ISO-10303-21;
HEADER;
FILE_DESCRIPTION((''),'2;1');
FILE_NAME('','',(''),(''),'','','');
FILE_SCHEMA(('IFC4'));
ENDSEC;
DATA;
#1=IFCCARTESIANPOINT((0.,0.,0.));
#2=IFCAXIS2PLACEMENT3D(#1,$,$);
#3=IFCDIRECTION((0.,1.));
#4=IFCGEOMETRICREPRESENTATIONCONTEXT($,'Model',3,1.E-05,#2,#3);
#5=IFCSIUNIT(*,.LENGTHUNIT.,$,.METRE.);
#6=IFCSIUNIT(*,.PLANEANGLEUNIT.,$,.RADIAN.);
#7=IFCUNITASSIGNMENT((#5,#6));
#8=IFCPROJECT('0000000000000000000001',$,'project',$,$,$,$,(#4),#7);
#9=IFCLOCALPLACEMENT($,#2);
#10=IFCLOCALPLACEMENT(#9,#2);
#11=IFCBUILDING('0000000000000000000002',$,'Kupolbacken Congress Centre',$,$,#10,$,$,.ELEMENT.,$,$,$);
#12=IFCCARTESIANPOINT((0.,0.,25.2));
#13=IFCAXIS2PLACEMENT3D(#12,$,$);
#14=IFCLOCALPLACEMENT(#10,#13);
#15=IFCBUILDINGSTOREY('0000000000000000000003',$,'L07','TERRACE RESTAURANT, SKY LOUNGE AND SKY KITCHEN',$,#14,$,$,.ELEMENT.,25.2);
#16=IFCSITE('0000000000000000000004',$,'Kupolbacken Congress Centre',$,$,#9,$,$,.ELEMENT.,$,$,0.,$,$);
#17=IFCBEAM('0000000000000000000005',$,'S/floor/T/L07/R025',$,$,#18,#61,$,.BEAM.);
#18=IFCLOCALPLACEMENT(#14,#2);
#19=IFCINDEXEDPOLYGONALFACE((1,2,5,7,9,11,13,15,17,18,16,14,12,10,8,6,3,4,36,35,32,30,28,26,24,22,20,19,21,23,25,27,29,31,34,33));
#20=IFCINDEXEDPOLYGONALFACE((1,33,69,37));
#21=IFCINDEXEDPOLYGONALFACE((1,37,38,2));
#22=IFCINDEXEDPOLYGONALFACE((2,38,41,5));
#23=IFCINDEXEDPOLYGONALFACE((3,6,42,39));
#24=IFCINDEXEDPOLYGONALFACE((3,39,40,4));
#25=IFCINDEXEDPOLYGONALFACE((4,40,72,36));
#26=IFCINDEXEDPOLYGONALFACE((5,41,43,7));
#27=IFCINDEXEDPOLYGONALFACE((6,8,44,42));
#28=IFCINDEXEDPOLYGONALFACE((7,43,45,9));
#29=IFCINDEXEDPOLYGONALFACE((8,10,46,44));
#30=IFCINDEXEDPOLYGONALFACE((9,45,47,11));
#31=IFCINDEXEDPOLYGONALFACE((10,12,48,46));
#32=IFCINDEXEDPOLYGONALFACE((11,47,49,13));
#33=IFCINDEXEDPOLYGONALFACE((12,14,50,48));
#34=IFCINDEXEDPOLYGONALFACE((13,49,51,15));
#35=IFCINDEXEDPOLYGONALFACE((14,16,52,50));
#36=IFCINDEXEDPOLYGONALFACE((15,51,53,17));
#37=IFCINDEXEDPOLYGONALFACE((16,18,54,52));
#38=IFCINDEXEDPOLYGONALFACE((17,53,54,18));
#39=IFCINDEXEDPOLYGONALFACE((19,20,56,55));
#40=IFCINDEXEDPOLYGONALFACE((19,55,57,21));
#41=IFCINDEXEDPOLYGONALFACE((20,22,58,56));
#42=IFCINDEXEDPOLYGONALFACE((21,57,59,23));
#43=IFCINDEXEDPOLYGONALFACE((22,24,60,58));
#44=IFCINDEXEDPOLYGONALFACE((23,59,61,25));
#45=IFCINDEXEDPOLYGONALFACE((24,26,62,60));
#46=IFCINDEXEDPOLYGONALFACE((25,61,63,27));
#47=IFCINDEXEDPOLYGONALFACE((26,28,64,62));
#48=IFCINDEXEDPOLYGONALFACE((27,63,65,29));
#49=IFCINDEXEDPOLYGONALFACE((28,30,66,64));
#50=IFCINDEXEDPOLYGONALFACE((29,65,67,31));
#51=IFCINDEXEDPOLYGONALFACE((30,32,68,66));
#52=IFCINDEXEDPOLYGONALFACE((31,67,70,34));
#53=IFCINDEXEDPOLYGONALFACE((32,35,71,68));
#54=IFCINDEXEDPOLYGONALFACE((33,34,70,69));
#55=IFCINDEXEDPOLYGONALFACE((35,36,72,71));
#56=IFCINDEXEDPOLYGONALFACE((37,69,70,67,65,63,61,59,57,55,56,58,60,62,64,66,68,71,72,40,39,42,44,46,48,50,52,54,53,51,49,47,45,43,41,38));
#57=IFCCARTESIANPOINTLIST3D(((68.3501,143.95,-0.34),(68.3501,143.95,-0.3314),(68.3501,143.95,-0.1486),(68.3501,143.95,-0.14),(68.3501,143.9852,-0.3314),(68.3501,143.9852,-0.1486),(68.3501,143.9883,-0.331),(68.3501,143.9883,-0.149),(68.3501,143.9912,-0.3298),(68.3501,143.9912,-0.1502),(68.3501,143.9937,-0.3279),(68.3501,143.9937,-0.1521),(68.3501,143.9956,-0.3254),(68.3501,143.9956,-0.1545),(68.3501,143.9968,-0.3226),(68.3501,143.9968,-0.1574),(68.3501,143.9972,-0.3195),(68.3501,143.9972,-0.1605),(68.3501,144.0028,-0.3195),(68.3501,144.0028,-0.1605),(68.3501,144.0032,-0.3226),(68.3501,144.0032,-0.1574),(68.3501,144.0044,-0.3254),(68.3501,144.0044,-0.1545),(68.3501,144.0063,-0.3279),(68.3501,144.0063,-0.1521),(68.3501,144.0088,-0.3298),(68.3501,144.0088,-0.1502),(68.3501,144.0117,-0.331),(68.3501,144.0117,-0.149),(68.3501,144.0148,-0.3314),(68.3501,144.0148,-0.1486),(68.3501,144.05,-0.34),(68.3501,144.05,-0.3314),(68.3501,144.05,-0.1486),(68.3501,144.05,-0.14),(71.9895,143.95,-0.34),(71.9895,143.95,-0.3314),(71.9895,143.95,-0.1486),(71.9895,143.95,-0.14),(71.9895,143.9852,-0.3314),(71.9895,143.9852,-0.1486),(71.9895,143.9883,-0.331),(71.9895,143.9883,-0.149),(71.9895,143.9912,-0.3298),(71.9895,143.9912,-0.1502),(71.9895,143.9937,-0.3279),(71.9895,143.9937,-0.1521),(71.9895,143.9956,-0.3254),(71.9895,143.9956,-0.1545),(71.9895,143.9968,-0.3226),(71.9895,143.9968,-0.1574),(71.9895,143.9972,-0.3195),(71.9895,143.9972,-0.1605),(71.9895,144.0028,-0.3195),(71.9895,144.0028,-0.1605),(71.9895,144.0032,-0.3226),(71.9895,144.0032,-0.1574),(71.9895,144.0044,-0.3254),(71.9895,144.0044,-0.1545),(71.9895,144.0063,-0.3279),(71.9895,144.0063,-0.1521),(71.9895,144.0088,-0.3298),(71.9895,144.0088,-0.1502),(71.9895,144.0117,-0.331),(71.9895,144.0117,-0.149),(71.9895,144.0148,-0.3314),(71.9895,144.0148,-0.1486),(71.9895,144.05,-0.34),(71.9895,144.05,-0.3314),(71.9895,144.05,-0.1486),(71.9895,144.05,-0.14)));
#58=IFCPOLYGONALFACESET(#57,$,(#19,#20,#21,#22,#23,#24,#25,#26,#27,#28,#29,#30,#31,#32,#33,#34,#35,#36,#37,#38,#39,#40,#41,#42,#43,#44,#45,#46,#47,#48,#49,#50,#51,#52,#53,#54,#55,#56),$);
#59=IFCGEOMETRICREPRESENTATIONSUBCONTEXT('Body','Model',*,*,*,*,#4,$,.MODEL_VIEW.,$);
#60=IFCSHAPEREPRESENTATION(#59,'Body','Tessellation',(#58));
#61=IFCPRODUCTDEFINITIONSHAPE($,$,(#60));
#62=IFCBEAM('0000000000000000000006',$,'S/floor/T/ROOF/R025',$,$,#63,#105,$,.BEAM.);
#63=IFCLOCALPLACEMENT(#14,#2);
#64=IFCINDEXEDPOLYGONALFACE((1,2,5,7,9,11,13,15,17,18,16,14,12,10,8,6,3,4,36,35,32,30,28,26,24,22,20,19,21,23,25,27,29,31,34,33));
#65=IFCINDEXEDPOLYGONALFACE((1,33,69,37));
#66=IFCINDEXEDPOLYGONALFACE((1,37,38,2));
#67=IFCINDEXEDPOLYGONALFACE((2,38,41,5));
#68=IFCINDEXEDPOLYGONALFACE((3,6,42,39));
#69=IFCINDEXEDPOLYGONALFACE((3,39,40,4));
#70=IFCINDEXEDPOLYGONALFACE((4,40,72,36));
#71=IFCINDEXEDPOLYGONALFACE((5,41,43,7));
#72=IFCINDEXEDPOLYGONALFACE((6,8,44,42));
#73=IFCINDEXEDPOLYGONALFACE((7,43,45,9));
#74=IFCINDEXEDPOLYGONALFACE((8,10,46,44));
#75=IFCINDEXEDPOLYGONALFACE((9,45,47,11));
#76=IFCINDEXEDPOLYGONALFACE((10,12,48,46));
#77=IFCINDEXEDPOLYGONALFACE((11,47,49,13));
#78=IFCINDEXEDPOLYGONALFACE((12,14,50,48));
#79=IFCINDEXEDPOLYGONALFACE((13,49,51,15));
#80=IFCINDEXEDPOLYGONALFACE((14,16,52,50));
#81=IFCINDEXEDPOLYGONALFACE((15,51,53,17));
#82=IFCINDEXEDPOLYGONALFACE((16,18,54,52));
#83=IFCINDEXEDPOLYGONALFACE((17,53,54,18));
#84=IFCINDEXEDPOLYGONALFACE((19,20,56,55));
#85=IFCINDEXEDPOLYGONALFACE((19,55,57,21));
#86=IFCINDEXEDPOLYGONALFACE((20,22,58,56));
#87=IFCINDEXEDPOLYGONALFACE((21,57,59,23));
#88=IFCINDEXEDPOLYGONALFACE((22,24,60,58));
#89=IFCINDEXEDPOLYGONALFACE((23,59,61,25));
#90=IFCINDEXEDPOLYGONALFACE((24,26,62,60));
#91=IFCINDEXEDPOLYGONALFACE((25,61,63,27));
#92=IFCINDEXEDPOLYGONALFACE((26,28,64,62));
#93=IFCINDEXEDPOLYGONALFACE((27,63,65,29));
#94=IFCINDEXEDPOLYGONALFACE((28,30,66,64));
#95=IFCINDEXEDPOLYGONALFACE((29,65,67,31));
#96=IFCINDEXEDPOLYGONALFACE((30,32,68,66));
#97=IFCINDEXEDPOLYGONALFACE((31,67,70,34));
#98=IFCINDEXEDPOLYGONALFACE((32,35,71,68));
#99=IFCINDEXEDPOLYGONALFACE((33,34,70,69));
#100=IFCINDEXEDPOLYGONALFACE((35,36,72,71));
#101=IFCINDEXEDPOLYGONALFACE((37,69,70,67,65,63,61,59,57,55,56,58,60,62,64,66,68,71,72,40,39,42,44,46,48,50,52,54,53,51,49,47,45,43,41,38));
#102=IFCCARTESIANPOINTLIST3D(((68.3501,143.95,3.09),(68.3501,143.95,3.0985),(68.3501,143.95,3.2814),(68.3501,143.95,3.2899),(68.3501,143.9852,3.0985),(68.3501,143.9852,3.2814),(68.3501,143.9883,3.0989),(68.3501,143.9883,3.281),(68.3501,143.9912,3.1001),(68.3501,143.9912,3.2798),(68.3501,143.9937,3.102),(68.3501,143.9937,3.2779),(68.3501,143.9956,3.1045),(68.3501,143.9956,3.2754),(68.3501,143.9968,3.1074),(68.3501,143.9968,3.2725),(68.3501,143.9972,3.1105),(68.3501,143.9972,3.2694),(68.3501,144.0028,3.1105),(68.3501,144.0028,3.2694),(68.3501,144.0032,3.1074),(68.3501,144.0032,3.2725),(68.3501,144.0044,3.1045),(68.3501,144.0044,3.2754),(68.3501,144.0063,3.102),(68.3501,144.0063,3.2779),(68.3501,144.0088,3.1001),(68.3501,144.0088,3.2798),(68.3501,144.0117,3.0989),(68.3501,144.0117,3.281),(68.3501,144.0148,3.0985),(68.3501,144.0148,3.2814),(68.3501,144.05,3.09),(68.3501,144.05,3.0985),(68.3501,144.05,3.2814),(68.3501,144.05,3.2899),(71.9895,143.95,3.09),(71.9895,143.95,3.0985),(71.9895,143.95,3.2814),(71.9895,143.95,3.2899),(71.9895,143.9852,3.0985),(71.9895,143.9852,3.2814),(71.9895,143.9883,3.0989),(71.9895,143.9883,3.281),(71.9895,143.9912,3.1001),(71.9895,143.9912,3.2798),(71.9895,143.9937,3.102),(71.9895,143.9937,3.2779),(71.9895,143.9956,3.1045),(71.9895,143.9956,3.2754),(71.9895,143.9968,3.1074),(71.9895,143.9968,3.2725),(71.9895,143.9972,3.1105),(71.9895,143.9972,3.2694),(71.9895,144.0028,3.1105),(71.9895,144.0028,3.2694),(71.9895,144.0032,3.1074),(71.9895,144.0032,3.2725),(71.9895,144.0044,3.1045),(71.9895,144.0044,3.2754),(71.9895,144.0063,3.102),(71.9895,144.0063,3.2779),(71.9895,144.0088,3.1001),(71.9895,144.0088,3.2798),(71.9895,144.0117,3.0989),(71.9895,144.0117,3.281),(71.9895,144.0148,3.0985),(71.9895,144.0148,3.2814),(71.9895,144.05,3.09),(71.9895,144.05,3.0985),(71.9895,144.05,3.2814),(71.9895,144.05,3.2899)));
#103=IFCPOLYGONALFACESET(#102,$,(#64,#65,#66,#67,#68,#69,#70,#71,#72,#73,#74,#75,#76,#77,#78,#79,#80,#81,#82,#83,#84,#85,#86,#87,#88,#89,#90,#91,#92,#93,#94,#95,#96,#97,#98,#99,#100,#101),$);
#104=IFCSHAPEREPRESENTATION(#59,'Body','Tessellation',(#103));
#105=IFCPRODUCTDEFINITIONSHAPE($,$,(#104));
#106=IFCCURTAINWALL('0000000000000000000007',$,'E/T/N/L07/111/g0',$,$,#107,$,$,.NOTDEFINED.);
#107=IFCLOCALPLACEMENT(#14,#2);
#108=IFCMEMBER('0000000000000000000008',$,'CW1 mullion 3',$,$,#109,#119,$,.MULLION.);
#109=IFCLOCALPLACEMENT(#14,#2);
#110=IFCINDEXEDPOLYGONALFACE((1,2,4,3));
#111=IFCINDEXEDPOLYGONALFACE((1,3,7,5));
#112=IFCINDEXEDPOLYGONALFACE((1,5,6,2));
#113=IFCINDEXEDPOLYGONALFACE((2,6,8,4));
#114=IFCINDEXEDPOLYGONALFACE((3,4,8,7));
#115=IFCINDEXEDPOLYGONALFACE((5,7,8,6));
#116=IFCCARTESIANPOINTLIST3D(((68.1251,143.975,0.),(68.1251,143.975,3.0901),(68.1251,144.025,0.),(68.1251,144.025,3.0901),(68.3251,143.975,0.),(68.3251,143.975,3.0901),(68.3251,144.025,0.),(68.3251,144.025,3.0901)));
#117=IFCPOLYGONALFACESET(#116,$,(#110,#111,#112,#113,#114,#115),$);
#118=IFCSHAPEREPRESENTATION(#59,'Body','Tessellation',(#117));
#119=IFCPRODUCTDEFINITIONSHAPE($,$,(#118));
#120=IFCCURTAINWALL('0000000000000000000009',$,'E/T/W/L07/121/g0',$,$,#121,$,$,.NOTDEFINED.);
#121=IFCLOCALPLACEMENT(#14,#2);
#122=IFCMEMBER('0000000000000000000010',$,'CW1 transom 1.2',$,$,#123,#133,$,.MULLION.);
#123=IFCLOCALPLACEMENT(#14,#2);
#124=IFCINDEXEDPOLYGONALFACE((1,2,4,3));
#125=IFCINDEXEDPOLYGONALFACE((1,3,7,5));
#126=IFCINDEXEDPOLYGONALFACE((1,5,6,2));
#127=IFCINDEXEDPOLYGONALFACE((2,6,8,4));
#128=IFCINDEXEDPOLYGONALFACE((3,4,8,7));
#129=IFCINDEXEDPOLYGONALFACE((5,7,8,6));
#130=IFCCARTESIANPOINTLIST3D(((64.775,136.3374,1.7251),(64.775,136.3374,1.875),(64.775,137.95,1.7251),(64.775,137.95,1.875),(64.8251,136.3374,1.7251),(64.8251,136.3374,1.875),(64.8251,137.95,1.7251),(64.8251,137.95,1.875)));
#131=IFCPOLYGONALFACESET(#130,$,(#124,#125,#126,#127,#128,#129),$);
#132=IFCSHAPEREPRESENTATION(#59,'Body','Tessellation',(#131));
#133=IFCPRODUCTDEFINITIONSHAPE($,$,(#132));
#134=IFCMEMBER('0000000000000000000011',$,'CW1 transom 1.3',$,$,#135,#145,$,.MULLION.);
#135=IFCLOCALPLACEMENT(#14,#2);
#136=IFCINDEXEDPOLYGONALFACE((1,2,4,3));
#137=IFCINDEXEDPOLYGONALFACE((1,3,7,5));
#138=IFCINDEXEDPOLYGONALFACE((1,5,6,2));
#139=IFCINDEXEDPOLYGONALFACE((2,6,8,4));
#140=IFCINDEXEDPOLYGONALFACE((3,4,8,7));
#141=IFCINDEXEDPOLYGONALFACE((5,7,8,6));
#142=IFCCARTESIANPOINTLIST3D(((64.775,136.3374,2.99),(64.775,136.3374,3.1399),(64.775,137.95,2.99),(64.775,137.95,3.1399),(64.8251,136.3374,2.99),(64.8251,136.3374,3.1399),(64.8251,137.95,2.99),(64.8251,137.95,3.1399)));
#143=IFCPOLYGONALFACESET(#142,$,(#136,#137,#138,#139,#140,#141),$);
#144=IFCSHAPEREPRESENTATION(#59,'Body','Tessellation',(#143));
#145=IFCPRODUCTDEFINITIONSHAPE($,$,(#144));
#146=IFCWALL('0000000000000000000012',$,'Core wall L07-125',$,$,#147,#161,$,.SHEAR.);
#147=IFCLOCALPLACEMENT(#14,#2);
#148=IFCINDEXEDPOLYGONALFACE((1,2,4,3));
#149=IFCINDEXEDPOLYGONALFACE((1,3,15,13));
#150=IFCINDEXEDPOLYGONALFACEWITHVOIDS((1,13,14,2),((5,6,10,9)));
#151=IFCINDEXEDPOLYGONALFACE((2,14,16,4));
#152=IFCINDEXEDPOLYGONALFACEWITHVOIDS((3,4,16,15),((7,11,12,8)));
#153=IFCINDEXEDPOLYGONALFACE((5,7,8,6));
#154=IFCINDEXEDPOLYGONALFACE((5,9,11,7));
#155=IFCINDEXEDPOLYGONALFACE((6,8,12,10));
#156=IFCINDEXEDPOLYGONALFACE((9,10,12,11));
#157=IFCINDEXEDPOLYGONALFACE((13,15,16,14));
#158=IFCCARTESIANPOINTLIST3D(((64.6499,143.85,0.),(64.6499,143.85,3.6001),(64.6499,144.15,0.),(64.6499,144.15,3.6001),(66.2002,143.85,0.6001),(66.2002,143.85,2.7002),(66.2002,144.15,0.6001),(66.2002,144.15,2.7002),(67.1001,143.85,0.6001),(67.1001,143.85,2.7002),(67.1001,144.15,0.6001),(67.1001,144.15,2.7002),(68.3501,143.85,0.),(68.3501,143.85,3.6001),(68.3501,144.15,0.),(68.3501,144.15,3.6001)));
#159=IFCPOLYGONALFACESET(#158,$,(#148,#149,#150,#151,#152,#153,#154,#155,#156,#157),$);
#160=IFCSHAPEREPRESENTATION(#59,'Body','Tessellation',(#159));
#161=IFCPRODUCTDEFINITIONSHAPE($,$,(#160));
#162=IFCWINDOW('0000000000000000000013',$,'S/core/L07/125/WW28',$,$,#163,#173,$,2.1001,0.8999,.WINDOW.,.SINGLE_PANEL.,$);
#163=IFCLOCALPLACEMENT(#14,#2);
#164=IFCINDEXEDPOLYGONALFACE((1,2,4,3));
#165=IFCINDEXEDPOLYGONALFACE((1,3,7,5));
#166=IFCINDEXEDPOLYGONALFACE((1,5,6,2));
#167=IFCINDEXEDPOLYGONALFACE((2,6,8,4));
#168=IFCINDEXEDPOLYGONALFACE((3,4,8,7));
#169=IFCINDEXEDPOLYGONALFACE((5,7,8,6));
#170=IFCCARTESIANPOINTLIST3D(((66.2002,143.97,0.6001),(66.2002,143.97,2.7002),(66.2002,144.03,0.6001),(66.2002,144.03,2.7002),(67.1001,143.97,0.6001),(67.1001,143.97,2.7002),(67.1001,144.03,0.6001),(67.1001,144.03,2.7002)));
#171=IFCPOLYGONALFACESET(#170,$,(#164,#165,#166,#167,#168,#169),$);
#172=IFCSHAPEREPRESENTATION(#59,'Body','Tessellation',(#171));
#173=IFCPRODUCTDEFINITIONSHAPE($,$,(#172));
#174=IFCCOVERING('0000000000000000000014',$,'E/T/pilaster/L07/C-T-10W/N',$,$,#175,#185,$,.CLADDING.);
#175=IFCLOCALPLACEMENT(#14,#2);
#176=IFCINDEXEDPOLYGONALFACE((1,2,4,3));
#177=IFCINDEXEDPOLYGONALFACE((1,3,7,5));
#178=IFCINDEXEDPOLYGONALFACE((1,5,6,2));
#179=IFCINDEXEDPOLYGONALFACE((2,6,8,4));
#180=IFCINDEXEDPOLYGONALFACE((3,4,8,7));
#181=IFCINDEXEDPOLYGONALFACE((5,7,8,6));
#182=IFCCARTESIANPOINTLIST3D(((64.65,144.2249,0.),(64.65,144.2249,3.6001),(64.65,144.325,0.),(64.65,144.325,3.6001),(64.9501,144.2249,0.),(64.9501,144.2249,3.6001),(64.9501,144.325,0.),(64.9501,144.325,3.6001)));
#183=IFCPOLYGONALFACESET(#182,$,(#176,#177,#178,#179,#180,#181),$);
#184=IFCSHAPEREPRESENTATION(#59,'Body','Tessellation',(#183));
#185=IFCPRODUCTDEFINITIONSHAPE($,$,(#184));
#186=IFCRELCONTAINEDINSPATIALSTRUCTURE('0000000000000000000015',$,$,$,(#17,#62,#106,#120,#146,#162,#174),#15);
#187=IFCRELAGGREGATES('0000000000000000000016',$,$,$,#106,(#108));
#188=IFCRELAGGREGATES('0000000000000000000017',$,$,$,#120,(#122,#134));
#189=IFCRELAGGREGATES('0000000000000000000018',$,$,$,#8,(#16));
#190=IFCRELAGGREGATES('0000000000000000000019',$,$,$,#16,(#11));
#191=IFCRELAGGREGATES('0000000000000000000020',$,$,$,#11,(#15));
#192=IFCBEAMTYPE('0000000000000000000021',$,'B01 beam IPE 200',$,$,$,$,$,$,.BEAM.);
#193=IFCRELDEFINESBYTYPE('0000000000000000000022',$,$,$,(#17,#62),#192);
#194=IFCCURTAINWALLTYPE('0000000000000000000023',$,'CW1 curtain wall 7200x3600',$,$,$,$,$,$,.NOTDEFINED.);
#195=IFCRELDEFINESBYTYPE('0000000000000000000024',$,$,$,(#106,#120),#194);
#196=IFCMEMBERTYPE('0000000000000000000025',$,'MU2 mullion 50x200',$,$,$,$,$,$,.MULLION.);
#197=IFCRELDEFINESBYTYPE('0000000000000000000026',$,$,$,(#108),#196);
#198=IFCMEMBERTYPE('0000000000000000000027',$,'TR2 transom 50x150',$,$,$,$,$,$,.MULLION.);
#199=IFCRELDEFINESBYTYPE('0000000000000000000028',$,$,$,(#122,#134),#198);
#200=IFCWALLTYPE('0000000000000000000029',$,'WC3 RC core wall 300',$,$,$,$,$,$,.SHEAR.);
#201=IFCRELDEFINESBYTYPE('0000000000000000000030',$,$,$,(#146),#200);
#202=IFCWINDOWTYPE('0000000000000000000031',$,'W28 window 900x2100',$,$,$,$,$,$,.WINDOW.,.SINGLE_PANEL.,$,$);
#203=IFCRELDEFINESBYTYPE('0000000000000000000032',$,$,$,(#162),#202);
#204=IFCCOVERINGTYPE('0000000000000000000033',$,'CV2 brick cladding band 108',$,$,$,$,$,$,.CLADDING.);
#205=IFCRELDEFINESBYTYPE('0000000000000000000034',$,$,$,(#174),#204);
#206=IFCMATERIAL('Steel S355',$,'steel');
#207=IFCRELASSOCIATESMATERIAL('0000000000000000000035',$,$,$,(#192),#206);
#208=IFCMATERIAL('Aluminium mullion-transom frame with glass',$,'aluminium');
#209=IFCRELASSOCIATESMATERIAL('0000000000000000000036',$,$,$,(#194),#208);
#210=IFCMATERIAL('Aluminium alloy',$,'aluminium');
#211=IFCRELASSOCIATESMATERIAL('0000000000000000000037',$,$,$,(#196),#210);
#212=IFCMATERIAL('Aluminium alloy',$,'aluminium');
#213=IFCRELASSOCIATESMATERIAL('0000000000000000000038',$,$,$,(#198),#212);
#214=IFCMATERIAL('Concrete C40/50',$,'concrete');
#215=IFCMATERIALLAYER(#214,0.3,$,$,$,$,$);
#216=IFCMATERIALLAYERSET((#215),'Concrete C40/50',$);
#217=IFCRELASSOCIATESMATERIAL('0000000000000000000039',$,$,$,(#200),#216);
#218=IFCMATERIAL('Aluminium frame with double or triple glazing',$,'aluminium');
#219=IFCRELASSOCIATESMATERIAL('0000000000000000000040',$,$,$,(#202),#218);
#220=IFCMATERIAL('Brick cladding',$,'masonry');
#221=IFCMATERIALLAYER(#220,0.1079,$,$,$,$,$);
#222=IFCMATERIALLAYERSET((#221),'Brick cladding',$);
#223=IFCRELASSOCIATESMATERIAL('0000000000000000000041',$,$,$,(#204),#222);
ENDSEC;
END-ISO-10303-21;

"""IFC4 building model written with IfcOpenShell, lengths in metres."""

from ifc_helpers import new_model, si_unit, direction, frame, frame_2d, origin, origin_2d, place, context, subcontext, project, spatial, rectangle, i_section, extrude, material, layer, layer_set, material_profile, profile_set, type_object, element, fill, aggregate, save


model = new_model("IFC4")

# Units and contexts
model_context = context("Model", 3, precision=1e-05, world=origin(), true_north=direction((0.0, 1.0)))
body_context = subcontext(model_context, "Body", "Model", "MODEL_VIEW")
ifc_project = project(units=[si_unit("LENGTHUNIT", "METRE"), si_unit("PLANEANGLEUNIT", "RADIAN")], contexts=[model_context])

# Site, building, storey
site_placement = place(None, origin())
site = spatial("IfcSite", under=ifc_project, at=site_placement, Name="Kupolbacken Congress Centre", CompositionType="ELEMENT", RefElevation=0.0)
building_placement = place(site_placement, origin())
building = spatial("IfcBuilding", under=site, at=building_placement, Name="Kupolbacken Congress Centre", CompositionType="ELEMENT")
storey_placement = place(building_placement, frame((0.0, 0.0, 25.2)))
storey = spatial("IfcBuildingStorey", under=building, at=storey_placement, Name="L07", Description="TERRACE RESTAURANT, SKY LOUNGE AND SKY KITCHEN", CompositionType="ELEMENT", Elevation=25.2)

# Beams
ifc_material_1 = material(Name="Steel S355", Category="steel")
ifc_material_profile_1 = material_profile(ifc_material_1, i_section(OverallWidth=0.1001, OverallDepth=0.2, WebThickness=0.0056, FlangeThickness=0.0085, FilletRadius=0.012, at=origin_2d()), Name="IPE 200")
ifc_profile_set_1 = profile_set([ifc_material_profile_1], Name="Steel S355")
beam_type = type_object("IfcBeamType", Name="B01 beam IPE 200", PredefinedType="BEAM", material=ifc_profile_set_1)
for number, where, z_axis, x_axis, name in (
    (1, (68.3501, 144.0, -0.24), (1.0, 0.0, 0.0), (0.0, 1.0, 0.0), "S/floor/T/L07/R025"),
    (2, (68.3501, 144.0, 3.1899), (1.0, 0.0, 0.0), (0.0, 1.0, 0.0), "S/floor/T/ROOF/R025"),
):
    element("IfcBeam", number, at=place(storey_placement, frame(where, z_axis=z_axis, x_axis=x_axis)), inside=storey, type_object=beam_type, Name=name, PredefinedType="BEAM", context=body_context, shape_type="SweptSolid", body=[
        extrude(i_section(OverallWidth=0.1001, OverallDepth=0.2, WebThickness=0.0056, FlangeThickness=0.0085, FilletRadius=0.012, at=origin_2d()), origin(), (0.0, 0.0, 1.0), 3.6394),
    ])

# Curtain wall, member
ifc_material_2 = material(Name="Aluminium mullion-transom frame with glass", Category="aluminium")
curtain_wall_type = type_object("IfcCurtainWallType", Name="CW1 curtain wall 7200x3600", PredefinedType="NOTDEFINED", material=ifc_material_2)
curtain_wall_1_placement = place(storey_placement, origin())
curtain_wall_1 = element("IfcCurtainWall", 3, at=curtain_wall_1_placement, inside=storey, type_object=curtain_wall_type, Name="E/T/N/L07/111/g0", PredefinedType="NOTDEFINED")
ifc_material_3 = material(Name="Aluminium alloy", Category="aluminium")
ifc_material_profile_2 = material_profile(ifc_material_3, rectangle(XDim=0.05, YDim=0.2, at=origin_2d()), Name="50 x 200")
ifc_profile_set_2 = profile_set([ifc_material_profile_2], Name="Aluminium alloy")
member_type_1 = type_object("IfcMemberType", Name="MU2 mullion 50x200", PredefinedType="MULLION", material=ifc_profile_set_2)
member_1_placement = place(storey_placement, frame((68.2251, 144.0, 0.0), z_axis=(0.0, 0.0, 1.0), x_axis=(0.0, -1.0, 0.0)))
member_1 = element("IfcMember", 4, at=member_1_placement, type_object=member_type_1, Name="CW1 mullion 3", PredefinedType="MULLION", context=body_context, shape_type="SweptSolid", body=[
    extrude(rectangle(XDim=0.05, YDim=0.2, at=origin_2d()), origin(), (0.0, 0.0, 1.0), 3.0901),
])
aggregate(curtain_wall_1, [member_1])

# Curtain wall, members
curtain_wall_2_placement = place(storey_placement, origin())
curtain_wall_2 = element("IfcCurtainWall", 5, at=curtain_wall_2_placement, inside=storey, type_object=curtain_wall_type, Name="E/T/W/L07/121/g0", PredefinedType="NOTDEFINED")
ifc_material_4 = material(Name="Aluminium alloy", Category="aluminium")
ifc_material_profile_3 = material_profile(ifc_material_4, rectangle(XDim=0.05, YDim=0.1499, at=origin_2d()), Name="50 x 150")
ifc_profile_set_3 = profile_set([ifc_material_profile_3], Name="Aluminium alloy")
member_type_2 = type_object("IfcMemberType", Name="TR2 transom 50x150", PredefinedType="MULLION", material=ifc_profile_set_3)
member_2_placement = place(storey_placement, frame((64.8, 137.95, 1.8), z_axis=(0.0, -1.0, 0.0), x_axis=(1.0, 0.0, 0.0)))
member_2 = element("IfcMember", 6, at=member_2_placement, type_object=member_type_2, Name="CW1 transom 1.2", PredefinedType="MULLION", context=body_context, shape_type="SweptSolid", body=[
    extrude(rectangle(XDim=0.05, YDim=0.1499, at=origin_2d()), origin(), (0.0, 0.0, 1.0), 1.6125),
])
member_3_placement = place(storey_placement, frame((64.8, 137.95, 3.0649), z_axis=(0.0, -1.0, 0.0), x_axis=(1.0, 0.0, 0.0)))
member_3 = element("IfcMember", 7, at=member_3_placement, type_object=member_type_2, Name="CW1 transom 1.3", PredefinedType="MULLION", context=body_context, shape_type="SweptSolid", body=[
    extrude(rectangle(XDim=0.05, YDim=0.1499, at=origin_2d()), origin(), (0.0, 0.0, 1.0), 1.6125),
])
aggregate(curtain_wall_2, [member_2, member_3])

# Wall, opening, window
ifc_material_5 = material(Name="Concrete C40/50", Category="concrete")
ifc_layer_1 = layer(ifc_material_5, 0.3)
ifc_layer_set_1 = layer_set([ifc_layer_1], Name="Concrete C40/50")
wall_type = type_object("IfcWallType", Name="WC3 RC core wall 300", PredefinedType="SHEAR", material=ifc_layer_set_1)
wall_placement = place(storey_placement, frame((68.3501, 144.0, 0.0), z_axis=(0.0, 0.0, 1.0), x_axis=(-1.0, 0.0, 0.0)))
wall = element("IfcWall", 8, at=wall_placement, inside=storey, type_object=wall_type, Name="Core wall L07-125", PredefinedType="SHEAR", context=body_context, shape_type="SweptSolid", body=[
    extrude(rectangle(XDim=3.7002, YDim=0.3, at=frame_2d((1.8501, 0.0))), origin(), (0.0, 0.0, 1.0), 3.6001),
])
opening_placement = place(wall_placement, frame((1.25, 0.0, 0.6001)))
opening = element("IfcOpeningElement", 9, at=opening_placement, cuts=wall, PredefinedType="OPENING", context=body_context, shape_type="SweptSolid", body=[
    extrude(rectangle(XDim=0.8999, YDim=2.1001, at=frame_2d((0.45, 1.05))), frame((0.0, 0.1599, 0.0), z_axis=(0.0, -1.0, 0.0), x_axis=(1.0, 0.0, 0.0)), (0.0, 0.0, 1.0), 0.3201),
])
ifc_material_6 = material(Name="Aluminium frame with double or triple glazing", Category="aluminium")
window_type = type_object("IfcWindowType", Name="W28 window 900x2100", PartitioningType="SINGLE_PANEL", PredefinedType="WINDOW", material=ifc_material_6)
window_placement = place(opening_placement, origin())
window = element("IfcWindow", 10, at=window_placement, inside=storey, type_object=window_type, Name="S/core/L07/125/WW28", OverallHeight=2.1001, OverallWidth=0.8999, PartitioningType="SINGLE_PANEL", PredefinedType="WINDOW", context=body_context, shape_type="SweptSolid", body=[
    extrude(rectangle(XDim=0.8999, YDim=2.1001, at=frame_2d((0.45, 1.05))), frame((0.0, 0.03, 0.0), z_axis=(0.0, -1.0, 0.0), x_axis=(1.0, 0.0, 0.0)), (0.0, 0.0, 1.0), 0.0601),
])
fill(opening, window)

# Covering
ifc_material_7 = material(Name="Brick cladding", Category="masonry")
ifc_layer_2 = layer(ifc_material_7, 0.1079)
ifc_layer_set_2 = layer_set([ifc_layer_2], Name="Brick cladding")
covering_type = type_object("IfcCoveringType", Name="CV2 brick cladding band 108", PredefinedType="CLADDING", material=ifc_layer_set_2)
covering_1_placement = place(storey_placement, frame((64.8, 144.2749, 0.0), z_axis=(0.0, 0.0, 1.0), x_axis=(1.0, 0.0, 0.0)))
element("IfcCovering", 11, at=covering_1_placement, inside=storey, type_object=covering_type, Name="E/T/pilaster/L07/C-T-10W/N", PredefinedType="CLADDING", context=body_context, shape_type="SweptSolid", body=[
    extrude(rectangle(XDim=0.3, YDim=0.1001, at=origin_2d()), origin(), (0.0, 0.0, 1.0), 3.6001),
])

save(model, "model.ifc")
